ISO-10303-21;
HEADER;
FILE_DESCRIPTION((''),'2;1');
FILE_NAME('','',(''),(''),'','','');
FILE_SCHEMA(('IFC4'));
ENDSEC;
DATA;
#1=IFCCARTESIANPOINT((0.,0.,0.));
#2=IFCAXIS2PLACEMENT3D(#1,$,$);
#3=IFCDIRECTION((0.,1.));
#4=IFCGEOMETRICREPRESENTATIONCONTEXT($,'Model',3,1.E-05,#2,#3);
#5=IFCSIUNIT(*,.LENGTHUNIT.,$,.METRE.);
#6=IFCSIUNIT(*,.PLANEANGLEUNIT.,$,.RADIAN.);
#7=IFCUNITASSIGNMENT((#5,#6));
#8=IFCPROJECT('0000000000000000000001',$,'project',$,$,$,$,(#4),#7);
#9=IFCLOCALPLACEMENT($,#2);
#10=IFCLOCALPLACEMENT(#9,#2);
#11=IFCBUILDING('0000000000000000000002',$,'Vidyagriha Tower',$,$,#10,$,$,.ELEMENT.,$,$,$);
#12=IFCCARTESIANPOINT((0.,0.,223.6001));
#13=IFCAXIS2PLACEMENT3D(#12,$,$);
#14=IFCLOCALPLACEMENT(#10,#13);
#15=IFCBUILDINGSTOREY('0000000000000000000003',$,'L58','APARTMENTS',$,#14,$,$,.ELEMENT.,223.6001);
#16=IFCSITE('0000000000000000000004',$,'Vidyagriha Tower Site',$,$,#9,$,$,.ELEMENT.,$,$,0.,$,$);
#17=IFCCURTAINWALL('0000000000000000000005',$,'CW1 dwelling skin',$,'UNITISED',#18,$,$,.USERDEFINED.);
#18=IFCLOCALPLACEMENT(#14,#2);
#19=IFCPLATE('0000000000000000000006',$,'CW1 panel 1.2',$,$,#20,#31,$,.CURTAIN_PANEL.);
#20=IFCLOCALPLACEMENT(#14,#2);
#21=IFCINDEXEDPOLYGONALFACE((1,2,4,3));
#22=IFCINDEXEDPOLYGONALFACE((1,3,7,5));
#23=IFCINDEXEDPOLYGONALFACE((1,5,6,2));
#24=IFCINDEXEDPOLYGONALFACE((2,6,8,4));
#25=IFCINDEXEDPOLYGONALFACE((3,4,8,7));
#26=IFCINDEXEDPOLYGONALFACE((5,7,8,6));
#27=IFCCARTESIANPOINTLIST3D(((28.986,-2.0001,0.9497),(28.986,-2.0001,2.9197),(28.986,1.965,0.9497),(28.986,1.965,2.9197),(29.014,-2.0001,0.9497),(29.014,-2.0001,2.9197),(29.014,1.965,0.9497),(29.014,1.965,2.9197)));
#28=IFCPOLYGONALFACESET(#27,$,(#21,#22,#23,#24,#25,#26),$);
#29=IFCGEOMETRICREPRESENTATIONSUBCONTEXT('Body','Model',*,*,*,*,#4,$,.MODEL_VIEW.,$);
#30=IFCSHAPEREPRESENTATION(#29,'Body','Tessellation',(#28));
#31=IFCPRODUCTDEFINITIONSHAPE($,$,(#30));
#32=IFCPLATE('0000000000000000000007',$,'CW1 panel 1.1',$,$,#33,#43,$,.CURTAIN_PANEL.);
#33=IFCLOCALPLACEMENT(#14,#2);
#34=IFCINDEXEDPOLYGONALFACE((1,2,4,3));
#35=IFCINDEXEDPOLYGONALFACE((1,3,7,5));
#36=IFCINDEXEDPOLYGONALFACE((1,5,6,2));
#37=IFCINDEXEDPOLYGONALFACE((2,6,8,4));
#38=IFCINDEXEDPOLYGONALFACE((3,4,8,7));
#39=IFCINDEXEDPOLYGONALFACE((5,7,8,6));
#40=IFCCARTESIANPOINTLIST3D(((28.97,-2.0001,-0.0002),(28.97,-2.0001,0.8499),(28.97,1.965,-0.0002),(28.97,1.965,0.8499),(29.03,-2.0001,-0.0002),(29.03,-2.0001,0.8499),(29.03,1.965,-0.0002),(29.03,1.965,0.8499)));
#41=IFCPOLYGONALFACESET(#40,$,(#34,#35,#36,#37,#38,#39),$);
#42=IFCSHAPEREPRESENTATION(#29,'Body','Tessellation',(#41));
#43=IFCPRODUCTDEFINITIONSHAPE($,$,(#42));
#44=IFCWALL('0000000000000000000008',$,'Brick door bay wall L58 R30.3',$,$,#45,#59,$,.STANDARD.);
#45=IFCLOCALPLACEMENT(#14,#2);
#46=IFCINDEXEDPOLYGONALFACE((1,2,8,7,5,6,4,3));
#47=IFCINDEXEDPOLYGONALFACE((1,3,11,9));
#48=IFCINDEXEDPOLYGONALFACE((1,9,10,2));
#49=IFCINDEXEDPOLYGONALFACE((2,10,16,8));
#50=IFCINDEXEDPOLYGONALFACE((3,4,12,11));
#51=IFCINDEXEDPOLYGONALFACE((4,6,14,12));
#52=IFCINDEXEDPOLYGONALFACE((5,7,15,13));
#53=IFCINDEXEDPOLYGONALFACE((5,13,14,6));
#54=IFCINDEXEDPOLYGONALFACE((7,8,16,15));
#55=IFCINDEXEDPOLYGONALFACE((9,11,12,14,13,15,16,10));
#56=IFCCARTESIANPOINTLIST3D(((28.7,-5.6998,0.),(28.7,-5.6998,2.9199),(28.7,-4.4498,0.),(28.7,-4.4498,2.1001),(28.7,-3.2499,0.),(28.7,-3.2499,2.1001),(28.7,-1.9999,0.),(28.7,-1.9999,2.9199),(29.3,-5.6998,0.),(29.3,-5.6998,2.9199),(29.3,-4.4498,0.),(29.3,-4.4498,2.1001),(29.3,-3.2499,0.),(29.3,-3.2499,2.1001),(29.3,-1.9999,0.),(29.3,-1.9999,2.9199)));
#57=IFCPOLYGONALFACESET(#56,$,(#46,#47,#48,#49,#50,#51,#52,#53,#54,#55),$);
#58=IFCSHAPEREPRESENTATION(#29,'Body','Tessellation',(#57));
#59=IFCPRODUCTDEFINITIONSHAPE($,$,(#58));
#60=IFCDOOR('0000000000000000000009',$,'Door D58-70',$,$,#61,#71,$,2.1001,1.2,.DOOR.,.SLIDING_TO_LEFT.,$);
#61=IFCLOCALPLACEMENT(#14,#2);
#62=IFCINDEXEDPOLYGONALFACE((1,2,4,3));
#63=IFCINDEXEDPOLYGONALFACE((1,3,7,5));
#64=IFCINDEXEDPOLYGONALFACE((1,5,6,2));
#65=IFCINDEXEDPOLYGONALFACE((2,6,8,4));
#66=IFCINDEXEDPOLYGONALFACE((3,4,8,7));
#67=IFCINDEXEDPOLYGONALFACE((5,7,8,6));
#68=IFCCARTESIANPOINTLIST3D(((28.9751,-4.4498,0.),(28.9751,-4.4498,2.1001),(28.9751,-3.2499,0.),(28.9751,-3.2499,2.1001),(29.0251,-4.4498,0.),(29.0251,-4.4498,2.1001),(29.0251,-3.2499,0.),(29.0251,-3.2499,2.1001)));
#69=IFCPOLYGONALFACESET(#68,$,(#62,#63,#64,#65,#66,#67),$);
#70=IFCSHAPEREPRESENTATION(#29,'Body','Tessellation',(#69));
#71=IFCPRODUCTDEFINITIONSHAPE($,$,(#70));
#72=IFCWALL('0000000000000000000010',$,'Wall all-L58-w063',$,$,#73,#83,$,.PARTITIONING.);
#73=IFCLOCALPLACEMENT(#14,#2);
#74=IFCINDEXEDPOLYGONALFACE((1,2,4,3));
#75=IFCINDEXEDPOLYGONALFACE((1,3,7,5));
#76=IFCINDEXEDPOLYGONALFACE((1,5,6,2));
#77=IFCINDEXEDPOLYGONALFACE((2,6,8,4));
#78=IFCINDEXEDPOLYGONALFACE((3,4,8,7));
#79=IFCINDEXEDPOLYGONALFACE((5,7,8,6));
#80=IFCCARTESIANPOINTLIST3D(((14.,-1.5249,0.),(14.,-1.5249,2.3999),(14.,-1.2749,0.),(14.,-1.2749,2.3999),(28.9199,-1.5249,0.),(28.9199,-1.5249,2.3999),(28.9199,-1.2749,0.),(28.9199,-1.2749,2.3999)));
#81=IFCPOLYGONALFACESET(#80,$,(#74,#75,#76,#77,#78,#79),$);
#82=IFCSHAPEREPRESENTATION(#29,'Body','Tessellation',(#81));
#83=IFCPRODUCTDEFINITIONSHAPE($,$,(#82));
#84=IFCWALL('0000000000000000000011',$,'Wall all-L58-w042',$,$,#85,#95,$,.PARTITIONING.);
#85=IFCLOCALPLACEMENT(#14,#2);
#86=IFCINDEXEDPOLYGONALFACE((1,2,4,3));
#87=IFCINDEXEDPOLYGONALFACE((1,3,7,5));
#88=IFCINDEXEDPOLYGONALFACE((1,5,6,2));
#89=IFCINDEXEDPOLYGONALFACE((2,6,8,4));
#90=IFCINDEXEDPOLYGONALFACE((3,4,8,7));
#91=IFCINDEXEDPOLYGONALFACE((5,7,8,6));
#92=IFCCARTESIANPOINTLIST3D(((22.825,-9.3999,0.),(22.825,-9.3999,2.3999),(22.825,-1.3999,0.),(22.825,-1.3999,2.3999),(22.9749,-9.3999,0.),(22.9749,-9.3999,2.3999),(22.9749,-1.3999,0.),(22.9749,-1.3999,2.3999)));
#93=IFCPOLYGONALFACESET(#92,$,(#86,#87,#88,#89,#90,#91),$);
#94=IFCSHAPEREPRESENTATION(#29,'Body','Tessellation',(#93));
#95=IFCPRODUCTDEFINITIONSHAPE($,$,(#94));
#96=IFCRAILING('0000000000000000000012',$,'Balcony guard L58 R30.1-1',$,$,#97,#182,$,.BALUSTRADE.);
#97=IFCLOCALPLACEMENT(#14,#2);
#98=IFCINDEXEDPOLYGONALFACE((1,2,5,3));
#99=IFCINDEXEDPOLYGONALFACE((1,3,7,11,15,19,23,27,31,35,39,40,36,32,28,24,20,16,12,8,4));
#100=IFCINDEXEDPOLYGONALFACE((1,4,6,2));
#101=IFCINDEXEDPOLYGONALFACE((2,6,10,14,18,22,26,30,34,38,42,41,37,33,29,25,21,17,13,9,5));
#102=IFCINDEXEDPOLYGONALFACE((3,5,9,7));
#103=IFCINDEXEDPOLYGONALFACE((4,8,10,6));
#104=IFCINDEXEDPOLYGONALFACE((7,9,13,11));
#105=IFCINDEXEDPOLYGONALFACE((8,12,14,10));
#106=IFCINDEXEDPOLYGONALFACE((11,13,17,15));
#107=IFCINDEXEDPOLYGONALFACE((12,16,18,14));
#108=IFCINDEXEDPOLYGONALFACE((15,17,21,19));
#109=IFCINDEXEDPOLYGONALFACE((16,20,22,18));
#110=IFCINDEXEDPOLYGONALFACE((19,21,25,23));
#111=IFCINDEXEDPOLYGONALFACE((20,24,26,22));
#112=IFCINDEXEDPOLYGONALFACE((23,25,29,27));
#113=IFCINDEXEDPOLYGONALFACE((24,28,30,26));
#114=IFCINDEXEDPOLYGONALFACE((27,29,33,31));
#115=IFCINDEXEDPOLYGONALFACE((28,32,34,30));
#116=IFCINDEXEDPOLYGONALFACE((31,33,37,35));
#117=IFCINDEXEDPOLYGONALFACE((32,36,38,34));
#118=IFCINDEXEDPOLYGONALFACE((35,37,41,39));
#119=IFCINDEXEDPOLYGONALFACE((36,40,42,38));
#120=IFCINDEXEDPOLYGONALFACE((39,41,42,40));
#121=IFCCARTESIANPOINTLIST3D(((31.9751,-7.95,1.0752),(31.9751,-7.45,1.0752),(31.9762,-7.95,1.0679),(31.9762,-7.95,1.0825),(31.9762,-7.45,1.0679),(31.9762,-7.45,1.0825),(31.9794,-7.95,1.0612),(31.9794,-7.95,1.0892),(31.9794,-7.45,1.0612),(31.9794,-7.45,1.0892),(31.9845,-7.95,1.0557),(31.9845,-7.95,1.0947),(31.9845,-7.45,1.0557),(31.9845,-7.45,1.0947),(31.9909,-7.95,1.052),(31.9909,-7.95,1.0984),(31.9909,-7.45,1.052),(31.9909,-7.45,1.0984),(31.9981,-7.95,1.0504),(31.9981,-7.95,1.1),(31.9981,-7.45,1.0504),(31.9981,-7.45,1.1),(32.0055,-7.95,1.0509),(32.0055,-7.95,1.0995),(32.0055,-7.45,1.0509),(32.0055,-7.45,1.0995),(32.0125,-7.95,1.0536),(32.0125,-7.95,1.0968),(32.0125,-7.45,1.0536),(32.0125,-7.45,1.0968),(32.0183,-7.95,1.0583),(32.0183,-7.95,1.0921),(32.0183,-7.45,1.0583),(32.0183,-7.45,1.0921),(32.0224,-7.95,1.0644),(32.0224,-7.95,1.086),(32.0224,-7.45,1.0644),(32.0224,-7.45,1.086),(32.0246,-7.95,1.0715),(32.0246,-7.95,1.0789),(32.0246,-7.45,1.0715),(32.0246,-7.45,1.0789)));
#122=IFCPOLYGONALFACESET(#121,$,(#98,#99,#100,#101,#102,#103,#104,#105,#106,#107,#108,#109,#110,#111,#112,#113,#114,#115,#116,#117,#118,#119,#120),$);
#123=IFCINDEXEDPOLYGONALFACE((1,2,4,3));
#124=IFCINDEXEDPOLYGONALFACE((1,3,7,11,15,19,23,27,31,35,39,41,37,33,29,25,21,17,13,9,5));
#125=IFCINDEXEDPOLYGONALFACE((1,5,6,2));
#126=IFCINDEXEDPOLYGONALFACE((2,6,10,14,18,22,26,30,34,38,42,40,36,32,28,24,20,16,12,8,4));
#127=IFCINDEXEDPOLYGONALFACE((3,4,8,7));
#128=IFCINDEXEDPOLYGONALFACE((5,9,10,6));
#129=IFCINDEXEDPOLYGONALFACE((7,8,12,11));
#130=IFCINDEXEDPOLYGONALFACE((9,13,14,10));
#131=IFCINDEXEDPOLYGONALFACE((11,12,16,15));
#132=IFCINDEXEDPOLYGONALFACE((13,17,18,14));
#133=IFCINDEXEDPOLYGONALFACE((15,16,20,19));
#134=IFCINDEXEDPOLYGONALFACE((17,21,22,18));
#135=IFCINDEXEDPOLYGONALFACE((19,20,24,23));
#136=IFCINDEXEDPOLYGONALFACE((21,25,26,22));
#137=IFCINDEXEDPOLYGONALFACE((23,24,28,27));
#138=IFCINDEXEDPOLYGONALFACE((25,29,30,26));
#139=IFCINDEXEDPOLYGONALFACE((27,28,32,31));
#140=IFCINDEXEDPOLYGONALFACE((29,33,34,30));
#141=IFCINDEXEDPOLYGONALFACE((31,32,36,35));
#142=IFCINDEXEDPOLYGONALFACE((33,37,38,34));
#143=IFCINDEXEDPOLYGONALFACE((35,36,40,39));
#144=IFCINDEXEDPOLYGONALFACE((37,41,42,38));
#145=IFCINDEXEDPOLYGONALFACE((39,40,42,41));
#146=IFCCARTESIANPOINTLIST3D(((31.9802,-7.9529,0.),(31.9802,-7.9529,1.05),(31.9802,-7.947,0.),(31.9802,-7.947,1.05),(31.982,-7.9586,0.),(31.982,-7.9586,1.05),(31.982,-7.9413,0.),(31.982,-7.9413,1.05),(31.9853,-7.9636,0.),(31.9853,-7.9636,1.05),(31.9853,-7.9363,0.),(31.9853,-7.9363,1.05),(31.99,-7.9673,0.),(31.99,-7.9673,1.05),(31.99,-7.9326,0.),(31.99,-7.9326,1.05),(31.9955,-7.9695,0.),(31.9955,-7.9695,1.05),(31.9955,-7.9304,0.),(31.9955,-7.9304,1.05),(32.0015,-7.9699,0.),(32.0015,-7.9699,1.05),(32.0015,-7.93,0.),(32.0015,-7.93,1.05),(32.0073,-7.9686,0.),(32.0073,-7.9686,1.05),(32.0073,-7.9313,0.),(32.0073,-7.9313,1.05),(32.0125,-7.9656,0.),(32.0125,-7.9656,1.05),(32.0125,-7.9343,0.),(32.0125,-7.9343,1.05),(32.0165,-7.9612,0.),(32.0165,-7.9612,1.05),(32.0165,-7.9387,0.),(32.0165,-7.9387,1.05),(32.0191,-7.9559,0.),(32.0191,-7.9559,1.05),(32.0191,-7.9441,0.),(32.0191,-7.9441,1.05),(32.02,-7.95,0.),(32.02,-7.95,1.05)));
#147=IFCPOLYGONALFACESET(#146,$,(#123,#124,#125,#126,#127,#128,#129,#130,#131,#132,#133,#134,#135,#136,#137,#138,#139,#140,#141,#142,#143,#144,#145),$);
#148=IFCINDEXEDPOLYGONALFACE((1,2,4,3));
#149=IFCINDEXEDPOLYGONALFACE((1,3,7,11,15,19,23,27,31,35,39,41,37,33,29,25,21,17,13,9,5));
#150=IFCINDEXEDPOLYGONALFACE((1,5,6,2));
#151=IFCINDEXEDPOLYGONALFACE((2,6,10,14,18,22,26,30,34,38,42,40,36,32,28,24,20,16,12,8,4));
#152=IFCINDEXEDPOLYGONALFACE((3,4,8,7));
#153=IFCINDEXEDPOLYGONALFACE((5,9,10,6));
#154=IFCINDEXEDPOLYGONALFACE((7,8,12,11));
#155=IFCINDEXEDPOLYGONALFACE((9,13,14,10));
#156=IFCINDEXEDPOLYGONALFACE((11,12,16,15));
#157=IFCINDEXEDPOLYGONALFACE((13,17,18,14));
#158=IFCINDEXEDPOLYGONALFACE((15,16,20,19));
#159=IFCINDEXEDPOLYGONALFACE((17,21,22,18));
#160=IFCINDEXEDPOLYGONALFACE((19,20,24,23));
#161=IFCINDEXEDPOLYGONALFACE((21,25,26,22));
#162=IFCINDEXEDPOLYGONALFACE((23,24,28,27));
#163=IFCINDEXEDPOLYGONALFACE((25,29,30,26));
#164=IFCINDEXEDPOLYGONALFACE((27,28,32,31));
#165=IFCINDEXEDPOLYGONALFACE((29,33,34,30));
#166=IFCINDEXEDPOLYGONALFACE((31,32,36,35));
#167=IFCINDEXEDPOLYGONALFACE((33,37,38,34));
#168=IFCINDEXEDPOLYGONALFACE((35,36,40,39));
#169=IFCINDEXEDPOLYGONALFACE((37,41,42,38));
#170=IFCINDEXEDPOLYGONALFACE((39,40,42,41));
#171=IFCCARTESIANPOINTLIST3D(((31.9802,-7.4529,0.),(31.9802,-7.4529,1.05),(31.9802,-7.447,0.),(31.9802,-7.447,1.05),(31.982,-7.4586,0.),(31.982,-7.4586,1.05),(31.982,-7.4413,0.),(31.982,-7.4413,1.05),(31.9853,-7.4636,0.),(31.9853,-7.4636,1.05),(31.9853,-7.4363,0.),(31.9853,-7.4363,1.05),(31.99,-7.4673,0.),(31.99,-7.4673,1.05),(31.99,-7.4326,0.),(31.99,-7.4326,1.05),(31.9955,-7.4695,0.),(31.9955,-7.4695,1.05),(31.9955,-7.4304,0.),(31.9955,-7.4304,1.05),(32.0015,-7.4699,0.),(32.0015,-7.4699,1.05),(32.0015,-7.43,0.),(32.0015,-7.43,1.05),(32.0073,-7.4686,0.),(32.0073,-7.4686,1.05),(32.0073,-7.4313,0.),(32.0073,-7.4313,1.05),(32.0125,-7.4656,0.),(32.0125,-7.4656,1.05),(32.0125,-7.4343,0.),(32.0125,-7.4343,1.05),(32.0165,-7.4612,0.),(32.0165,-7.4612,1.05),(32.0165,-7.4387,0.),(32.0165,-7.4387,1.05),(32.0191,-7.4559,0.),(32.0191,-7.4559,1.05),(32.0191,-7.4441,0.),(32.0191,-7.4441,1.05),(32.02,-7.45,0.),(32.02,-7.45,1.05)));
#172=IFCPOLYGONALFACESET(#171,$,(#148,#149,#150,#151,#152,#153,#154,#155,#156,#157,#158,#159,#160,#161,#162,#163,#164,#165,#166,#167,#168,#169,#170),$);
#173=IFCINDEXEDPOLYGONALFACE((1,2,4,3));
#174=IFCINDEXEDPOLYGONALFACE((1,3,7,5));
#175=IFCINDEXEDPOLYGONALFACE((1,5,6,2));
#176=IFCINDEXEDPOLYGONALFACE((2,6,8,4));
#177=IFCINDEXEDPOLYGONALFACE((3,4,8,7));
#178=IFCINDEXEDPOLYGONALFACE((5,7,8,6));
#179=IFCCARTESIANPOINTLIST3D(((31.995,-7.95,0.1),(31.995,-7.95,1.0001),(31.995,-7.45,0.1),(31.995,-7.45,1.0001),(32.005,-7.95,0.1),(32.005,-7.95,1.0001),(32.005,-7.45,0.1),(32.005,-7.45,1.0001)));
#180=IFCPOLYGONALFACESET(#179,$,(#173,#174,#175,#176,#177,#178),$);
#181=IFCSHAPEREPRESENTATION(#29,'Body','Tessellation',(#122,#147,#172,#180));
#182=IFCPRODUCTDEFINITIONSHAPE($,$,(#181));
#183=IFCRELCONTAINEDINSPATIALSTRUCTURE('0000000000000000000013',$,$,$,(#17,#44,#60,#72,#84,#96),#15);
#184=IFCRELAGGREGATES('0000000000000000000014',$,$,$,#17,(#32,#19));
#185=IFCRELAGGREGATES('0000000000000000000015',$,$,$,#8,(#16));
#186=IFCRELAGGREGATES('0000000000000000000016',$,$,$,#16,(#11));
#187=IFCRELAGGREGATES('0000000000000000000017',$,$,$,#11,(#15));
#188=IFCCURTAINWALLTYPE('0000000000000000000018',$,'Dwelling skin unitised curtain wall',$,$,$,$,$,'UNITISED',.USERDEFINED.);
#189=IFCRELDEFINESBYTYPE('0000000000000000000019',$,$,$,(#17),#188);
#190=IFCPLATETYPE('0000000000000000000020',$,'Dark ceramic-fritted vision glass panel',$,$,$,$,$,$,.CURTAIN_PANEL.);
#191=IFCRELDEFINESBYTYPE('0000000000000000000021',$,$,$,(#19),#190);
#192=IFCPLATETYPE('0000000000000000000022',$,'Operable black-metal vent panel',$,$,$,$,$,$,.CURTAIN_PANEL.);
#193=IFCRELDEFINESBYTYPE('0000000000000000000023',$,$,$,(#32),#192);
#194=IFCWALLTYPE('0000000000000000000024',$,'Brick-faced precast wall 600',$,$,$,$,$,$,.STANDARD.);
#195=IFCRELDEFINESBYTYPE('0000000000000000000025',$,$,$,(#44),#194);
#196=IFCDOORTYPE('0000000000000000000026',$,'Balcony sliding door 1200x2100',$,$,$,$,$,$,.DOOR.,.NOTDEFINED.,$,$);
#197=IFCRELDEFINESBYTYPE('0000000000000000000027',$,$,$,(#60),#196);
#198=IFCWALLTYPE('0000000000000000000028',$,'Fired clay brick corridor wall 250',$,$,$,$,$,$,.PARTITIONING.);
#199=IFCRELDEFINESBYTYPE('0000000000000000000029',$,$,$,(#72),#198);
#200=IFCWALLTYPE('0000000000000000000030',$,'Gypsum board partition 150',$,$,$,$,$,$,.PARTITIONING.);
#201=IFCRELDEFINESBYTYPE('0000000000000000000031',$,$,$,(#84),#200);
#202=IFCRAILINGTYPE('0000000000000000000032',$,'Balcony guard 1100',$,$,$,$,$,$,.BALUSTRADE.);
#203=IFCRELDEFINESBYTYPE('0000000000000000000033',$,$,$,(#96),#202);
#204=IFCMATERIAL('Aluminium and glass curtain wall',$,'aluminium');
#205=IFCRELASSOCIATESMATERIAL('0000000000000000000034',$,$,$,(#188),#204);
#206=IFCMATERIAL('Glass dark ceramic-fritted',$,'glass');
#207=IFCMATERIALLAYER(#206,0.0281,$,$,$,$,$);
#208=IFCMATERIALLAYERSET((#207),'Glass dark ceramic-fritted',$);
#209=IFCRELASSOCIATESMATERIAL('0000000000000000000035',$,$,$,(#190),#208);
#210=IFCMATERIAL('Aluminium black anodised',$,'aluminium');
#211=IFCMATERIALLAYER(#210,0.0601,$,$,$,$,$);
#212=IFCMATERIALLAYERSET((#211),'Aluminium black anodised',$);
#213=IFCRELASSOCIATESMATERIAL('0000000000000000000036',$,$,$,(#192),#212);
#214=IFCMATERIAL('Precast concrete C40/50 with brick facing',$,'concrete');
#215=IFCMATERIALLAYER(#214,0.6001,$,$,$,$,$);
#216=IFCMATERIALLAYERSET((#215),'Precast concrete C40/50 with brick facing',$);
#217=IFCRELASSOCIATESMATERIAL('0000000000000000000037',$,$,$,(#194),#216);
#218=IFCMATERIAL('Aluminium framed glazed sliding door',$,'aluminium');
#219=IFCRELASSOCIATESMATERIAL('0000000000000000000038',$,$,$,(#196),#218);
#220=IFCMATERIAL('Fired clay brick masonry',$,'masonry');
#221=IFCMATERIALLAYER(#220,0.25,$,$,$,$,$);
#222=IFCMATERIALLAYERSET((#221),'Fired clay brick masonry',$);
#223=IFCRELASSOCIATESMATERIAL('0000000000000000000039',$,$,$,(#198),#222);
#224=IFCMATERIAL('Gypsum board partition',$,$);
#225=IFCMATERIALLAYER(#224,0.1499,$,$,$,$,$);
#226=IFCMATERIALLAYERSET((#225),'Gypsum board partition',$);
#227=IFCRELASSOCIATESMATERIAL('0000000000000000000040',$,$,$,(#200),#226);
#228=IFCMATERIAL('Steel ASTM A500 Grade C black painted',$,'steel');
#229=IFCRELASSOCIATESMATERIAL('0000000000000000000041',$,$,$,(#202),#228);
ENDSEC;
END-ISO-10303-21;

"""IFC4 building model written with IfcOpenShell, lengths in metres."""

from ifc_helpers import new_model, si_unit, direction, frame, frame_2d, origin, origin_2d, place, context, subcontext, project, spatial, rectangle, circle, extrude, material, layer, layer_set, type_object, element, fill, aggregate, save


model = new_model("IFC4")

# Units and contexts
model_context = context("Model", 3, precision=1e-05, world=origin(), true_north=direction((0.0, 1.0)))
body_context = subcontext(model_context, "Body", "Model", "MODEL_VIEW")
ifc_project = project(units=[si_unit("LENGTHUNIT", "METRE"), si_unit("PLANEANGLEUNIT", "RADIAN")], contexts=[model_context])

# Site, building, storey
site_placement = place(None, origin())
site = spatial("IfcSite", under=ifc_project, at=site_placement, Name="Vidyagriha Tower Site", CompositionType="ELEMENT", RefElevation=0.0)
building_placement = place(site_placement, origin())
building = spatial("IfcBuilding", under=site, at=building_placement, Name="Vidyagriha Tower", CompositionType="ELEMENT")
storey_placement = place(building_placement, frame((0.0, 0.0, 223.6001)))
storey = spatial("IfcBuildingStorey", under=building, at=storey_placement, Name="L58", Description="APARTMENTS", CompositionType="ELEMENT", Elevation=223.6001)

# Shared definitions
ifc_material_1 = material(Name="Aluminium and glass curtain wall", Category="aluminium")
curtain_wall_type = type_object("IfcCurtainWallType", Name="Dwelling skin unitised curtain wall", ElementType="UNITISED", PredefinedType="USERDEFINED", material=ifc_material_1)

# Curtain wall
curtain_wall_1_placement = place(storey_placement, origin())
curtain_wall_1 = element("IfcCurtainWall", 1, at=curtain_wall_1_placement, inside=storey, type_object=curtain_wall_type, Name="CW1 dwelling skin", ObjectType="UNITISED", PredefinedType="USERDEFINED")

# Plates
ifc_material_2 = material(Name="Glass dark ceramic-fritted", Category="glass")
ifc_layer_1 = layer(ifc_material_2, 0.0281)
ifc_layer_set_1 = layer_set([ifc_layer_1], Name="Glass dark ceramic-fritted")
plate_type_1 = type_object("IfcPlateType", Name="Dark ceramic-fritted vision glass panel", PredefinedType="CURTAIN_PANEL", material=ifc_layer_set_1)
plate_1_placement = place(storey_placement, frame((29.0, -0.0176, 0.9497), z_axis=(0.0, 0.0, 1.0), x_axis=(0.0, 1.0, 0.0)))
plate_1 = element("IfcPlate", 2, at=plate_1_placement, type_object=plate_type_1, Name="CW1 panel 1.2", PredefinedType="CURTAIN_PANEL", context=body_context, shape_type="SweptSolid", body=[
    extrude(rectangle(XDim=3.9651, YDim=0.0281, at=origin_2d()), origin(), (0.0, 0.0, 1.0), 1.97),
])
ifc_material_3 = material(Name="Aluminium black anodised", Category="aluminium")
ifc_layer_2 = layer(ifc_material_3, 0.0601)
ifc_layer_set_2 = layer_set([ifc_layer_2], Name="Aluminium black anodised")
plate_type_2 = type_object("IfcPlateType", Name="Operable black-metal vent panel", PredefinedType="CURTAIN_PANEL", material=ifc_layer_set_2)
plate_2_placement = place(storey_placement, frame((29.0, -0.0176, -0.0002), z_axis=(0.0, 0.0, 1.0), x_axis=(0.0, 1.0, 0.0)))
plate_2 = element("IfcPlate", 3, at=plate_2_placement, type_object=plate_type_2, Name="CW1 panel 1.1", PredefinedType="CURTAIN_PANEL", context=body_context, shape_type="SweptSolid", body=[
    extrude(rectangle(XDim=3.9651, YDim=0.0601, at=origin_2d()), origin(), (0.0, 0.0, 1.0), 0.8501),
])
aggregate(curtain_wall_1, [plate_2, plate_1])

# Wall, opening, door
ifc_material_4 = material(Name="Precast concrete C40/50 with brick facing", Category="concrete")
ifc_layer_3 = layer(ifc_material_4, 0.6001)
ifc_layer_set_3 = layer_set([ifc_layer_3], Name="Precast concrete C40/50 with brick facing")
wall_type_1 = type_object("IfcWallType", Name="Brick-faced precast wall 600", PredefinedType="STANDARD", material=ifc_layer_set_3)
wall_1_placement = place(storey_placement, frame((29.0, -5.7, 0.0), z_axis=(0.0, 0.0, 1.0), x_axis=(0.0, 1.0, 0.0)))
wall_1 = element("IfcWall", 4, at=wall_1_placement, inside=storey, type_object=wall_type_1, Name="Brick door bay wall L58 R30.3", PredefinedType="STANDARD", context=body_context, shape_type="SweptSolid", body=[
    extrude(rectangle(XDim=3.7, YDim=0.6001, at=frame_2d((1.8501, 0.0))), origin(), (0.0, 0.0, 1.0), 2.9199),
])
opening_placement = place(wall_1_placement, frame((1.25, 0.0, 0.0)))
opening = element("IfcOpeningElement", 5, at=opening_placement, cuts=wall_1, PredefinedType="OPENING", context=body_context, shape_type="SweptSolid", body=[
    extrude(rectangle(XDim=1.2, YDim=2.1001, at=frame_2d((0.6001, 1.05))), frame((0.0, 0.3101, 0.0), z_axis=(0.0, -1.0, 0.0), x_axis=(1.0, 0.0, 0.0)), (0.0, 0.0, 1.0), 0.6201),
])
ifc_material_5 = material(Name="Aluminium framed glazed sliding door", Category="aluminium")
door_type = type_object("IfcDoorType", Name="Balcony sliding door 1200x2100", OperationType="NOTDEFINED", PredefinedType="DOOR", material=ifc_material_5)
door_placement = place(opening_placement, origin())
door = element("IfcDoor", 6, at=door_placement, inside=storey, type_object=door_type, Name="Door D58-70", OperationType="SLIDING_TO_LEFT", OverallHeight=2.1001, OverallWidth=1.2, PredefinedType="DOOR", context=body_context, shape_type="SweptSolid", body=[
    extrude(rectangle(XDim=1.2, YDim=2.1001, at=frame_2d((0.6001, 1.05))), frame((0.0, 0.0249, 0.0), z_axis=(0.0, -1.0, 0.0), x_axis=(1.0, 0.0, 0.0)), (0.0, 0.0, 1.0), 0.05),
])
fill(opening, door)

# Walls
ifc_material_6 = material(Name="Fired clay brick masonry", Category="masonry")
ifc_layer_4 = layer(ifc_material_6, 0.25)
ifc_layer_set_4 = layer_set([ifc_layer_4], Name="Fired clay brick masonry")
wall_type_2 = type_object("IfcWallType", Name="Fired clay brick corridor wall 250", PredefinedType="PARTITIONING", material=ifc_layer_set_4)
wall_2_placement = place(storey_placement, frame((28.9199, -1.3999, 0.0), z_axis=(0.0, 0.0, 1.0), x_axis=(-1.0, 0.0, 0.0)))
element("IfcWall", 7, at=wall_2_placement, inside=storey, type_object=wall_type_2, Name="Wall all-L58-w063", PredefinedType="PARTITIONING", context=body_context, shape_type="SweptSolid", body=[
    extrude(rectangle(XDim=14.9199, YDim=0.25, at=frame_2d((7.46, 0.0))), origin(), (0.0, 0.0, 1.0), 2.3999),
])
ifc_material_7 = material(Name="Gypsum board partition")
ifc_layer_5 = layer(ifc_material_7, 0.1499)
ifc_layer_set_5 = layer_set([ifc_layer_5], Name="Gypsum board partition")
wall_type_3 = type_object("IfcWallType", Name="Gypsum board partition 150", PredefinedType="PARTITIONING", material=ifc_layer_set_5)
wall_3_placement = place(storey_placement, frame((22.8999, -1.3999, 0.0), z_axis=(0.0, 0.0, 1.0), x_axis=(0.0, -1.0, 0.0)))
element("IfcWall", 8, at=wall_3_placement, inside=storey, type_object=wall_type_3, Name="Wall all-L58-w042", PredefinedType="PARTITIONING", context=body_context, shape_type="SweptSolid", body=[
    extrude(rectangle(XDim=8.0, YDim=0.1499, at=frame_2d((4.0, 0.0))), origin(), (0.0, 0.0, 1.0), 2.3999),
])

# Railing
ifc_material_8 = material(Name="Steel ASTM A500 Grade C black painted", Category="steel")
railing_type_1 = type_object("IfcRailingType", Name="Balcony guard 1100", PredefinedType="BALUSTRADE", material=ifc_material_8)
railing_1_placement = place(storey_placement, frame((32.0, -7.95, 0.0)))
element("IfcRailing", 9, at=railing_1_placement, inside=storey, type_object=railing_type_1, Name="Balcony guard L58 R30.1-1", PredefinedType="BALUSTRADE", context=body_context, shape_type="SweptSolid", body=[
    extrude(circle(Radius=0.0249, at=origin_2d()), frame((0.0, 0.0, 1.0752), z_axis=(0.0, 1.0, 0.0), x_axis=(-1.0, 0.0, 0.0)), (0.0, 0.0, 1.0), 0.5),
    extrude(circle(Radius=0.02, at=origin_2d()), origin(), (0.0, 0.0, 1.0), 1.05),
    extrude(circle(Radius=0.02, at=origin_2d()), frame((0.0, 0.5, 0.0)), (0.0, 0.0, 1.0), 1.05),
    extrude(rectangle(XDim=0.01, YDim=0.9001, at=origin_2d()), frame((0.0, 0.0, 0.55), z_axis=(0.0, 1.0, 0.0), x_axis=(-1.0, 0.0, 0.0)), (0.0, 0.0, 1.0), 0.5),
])

save(model, "model.ifc")
